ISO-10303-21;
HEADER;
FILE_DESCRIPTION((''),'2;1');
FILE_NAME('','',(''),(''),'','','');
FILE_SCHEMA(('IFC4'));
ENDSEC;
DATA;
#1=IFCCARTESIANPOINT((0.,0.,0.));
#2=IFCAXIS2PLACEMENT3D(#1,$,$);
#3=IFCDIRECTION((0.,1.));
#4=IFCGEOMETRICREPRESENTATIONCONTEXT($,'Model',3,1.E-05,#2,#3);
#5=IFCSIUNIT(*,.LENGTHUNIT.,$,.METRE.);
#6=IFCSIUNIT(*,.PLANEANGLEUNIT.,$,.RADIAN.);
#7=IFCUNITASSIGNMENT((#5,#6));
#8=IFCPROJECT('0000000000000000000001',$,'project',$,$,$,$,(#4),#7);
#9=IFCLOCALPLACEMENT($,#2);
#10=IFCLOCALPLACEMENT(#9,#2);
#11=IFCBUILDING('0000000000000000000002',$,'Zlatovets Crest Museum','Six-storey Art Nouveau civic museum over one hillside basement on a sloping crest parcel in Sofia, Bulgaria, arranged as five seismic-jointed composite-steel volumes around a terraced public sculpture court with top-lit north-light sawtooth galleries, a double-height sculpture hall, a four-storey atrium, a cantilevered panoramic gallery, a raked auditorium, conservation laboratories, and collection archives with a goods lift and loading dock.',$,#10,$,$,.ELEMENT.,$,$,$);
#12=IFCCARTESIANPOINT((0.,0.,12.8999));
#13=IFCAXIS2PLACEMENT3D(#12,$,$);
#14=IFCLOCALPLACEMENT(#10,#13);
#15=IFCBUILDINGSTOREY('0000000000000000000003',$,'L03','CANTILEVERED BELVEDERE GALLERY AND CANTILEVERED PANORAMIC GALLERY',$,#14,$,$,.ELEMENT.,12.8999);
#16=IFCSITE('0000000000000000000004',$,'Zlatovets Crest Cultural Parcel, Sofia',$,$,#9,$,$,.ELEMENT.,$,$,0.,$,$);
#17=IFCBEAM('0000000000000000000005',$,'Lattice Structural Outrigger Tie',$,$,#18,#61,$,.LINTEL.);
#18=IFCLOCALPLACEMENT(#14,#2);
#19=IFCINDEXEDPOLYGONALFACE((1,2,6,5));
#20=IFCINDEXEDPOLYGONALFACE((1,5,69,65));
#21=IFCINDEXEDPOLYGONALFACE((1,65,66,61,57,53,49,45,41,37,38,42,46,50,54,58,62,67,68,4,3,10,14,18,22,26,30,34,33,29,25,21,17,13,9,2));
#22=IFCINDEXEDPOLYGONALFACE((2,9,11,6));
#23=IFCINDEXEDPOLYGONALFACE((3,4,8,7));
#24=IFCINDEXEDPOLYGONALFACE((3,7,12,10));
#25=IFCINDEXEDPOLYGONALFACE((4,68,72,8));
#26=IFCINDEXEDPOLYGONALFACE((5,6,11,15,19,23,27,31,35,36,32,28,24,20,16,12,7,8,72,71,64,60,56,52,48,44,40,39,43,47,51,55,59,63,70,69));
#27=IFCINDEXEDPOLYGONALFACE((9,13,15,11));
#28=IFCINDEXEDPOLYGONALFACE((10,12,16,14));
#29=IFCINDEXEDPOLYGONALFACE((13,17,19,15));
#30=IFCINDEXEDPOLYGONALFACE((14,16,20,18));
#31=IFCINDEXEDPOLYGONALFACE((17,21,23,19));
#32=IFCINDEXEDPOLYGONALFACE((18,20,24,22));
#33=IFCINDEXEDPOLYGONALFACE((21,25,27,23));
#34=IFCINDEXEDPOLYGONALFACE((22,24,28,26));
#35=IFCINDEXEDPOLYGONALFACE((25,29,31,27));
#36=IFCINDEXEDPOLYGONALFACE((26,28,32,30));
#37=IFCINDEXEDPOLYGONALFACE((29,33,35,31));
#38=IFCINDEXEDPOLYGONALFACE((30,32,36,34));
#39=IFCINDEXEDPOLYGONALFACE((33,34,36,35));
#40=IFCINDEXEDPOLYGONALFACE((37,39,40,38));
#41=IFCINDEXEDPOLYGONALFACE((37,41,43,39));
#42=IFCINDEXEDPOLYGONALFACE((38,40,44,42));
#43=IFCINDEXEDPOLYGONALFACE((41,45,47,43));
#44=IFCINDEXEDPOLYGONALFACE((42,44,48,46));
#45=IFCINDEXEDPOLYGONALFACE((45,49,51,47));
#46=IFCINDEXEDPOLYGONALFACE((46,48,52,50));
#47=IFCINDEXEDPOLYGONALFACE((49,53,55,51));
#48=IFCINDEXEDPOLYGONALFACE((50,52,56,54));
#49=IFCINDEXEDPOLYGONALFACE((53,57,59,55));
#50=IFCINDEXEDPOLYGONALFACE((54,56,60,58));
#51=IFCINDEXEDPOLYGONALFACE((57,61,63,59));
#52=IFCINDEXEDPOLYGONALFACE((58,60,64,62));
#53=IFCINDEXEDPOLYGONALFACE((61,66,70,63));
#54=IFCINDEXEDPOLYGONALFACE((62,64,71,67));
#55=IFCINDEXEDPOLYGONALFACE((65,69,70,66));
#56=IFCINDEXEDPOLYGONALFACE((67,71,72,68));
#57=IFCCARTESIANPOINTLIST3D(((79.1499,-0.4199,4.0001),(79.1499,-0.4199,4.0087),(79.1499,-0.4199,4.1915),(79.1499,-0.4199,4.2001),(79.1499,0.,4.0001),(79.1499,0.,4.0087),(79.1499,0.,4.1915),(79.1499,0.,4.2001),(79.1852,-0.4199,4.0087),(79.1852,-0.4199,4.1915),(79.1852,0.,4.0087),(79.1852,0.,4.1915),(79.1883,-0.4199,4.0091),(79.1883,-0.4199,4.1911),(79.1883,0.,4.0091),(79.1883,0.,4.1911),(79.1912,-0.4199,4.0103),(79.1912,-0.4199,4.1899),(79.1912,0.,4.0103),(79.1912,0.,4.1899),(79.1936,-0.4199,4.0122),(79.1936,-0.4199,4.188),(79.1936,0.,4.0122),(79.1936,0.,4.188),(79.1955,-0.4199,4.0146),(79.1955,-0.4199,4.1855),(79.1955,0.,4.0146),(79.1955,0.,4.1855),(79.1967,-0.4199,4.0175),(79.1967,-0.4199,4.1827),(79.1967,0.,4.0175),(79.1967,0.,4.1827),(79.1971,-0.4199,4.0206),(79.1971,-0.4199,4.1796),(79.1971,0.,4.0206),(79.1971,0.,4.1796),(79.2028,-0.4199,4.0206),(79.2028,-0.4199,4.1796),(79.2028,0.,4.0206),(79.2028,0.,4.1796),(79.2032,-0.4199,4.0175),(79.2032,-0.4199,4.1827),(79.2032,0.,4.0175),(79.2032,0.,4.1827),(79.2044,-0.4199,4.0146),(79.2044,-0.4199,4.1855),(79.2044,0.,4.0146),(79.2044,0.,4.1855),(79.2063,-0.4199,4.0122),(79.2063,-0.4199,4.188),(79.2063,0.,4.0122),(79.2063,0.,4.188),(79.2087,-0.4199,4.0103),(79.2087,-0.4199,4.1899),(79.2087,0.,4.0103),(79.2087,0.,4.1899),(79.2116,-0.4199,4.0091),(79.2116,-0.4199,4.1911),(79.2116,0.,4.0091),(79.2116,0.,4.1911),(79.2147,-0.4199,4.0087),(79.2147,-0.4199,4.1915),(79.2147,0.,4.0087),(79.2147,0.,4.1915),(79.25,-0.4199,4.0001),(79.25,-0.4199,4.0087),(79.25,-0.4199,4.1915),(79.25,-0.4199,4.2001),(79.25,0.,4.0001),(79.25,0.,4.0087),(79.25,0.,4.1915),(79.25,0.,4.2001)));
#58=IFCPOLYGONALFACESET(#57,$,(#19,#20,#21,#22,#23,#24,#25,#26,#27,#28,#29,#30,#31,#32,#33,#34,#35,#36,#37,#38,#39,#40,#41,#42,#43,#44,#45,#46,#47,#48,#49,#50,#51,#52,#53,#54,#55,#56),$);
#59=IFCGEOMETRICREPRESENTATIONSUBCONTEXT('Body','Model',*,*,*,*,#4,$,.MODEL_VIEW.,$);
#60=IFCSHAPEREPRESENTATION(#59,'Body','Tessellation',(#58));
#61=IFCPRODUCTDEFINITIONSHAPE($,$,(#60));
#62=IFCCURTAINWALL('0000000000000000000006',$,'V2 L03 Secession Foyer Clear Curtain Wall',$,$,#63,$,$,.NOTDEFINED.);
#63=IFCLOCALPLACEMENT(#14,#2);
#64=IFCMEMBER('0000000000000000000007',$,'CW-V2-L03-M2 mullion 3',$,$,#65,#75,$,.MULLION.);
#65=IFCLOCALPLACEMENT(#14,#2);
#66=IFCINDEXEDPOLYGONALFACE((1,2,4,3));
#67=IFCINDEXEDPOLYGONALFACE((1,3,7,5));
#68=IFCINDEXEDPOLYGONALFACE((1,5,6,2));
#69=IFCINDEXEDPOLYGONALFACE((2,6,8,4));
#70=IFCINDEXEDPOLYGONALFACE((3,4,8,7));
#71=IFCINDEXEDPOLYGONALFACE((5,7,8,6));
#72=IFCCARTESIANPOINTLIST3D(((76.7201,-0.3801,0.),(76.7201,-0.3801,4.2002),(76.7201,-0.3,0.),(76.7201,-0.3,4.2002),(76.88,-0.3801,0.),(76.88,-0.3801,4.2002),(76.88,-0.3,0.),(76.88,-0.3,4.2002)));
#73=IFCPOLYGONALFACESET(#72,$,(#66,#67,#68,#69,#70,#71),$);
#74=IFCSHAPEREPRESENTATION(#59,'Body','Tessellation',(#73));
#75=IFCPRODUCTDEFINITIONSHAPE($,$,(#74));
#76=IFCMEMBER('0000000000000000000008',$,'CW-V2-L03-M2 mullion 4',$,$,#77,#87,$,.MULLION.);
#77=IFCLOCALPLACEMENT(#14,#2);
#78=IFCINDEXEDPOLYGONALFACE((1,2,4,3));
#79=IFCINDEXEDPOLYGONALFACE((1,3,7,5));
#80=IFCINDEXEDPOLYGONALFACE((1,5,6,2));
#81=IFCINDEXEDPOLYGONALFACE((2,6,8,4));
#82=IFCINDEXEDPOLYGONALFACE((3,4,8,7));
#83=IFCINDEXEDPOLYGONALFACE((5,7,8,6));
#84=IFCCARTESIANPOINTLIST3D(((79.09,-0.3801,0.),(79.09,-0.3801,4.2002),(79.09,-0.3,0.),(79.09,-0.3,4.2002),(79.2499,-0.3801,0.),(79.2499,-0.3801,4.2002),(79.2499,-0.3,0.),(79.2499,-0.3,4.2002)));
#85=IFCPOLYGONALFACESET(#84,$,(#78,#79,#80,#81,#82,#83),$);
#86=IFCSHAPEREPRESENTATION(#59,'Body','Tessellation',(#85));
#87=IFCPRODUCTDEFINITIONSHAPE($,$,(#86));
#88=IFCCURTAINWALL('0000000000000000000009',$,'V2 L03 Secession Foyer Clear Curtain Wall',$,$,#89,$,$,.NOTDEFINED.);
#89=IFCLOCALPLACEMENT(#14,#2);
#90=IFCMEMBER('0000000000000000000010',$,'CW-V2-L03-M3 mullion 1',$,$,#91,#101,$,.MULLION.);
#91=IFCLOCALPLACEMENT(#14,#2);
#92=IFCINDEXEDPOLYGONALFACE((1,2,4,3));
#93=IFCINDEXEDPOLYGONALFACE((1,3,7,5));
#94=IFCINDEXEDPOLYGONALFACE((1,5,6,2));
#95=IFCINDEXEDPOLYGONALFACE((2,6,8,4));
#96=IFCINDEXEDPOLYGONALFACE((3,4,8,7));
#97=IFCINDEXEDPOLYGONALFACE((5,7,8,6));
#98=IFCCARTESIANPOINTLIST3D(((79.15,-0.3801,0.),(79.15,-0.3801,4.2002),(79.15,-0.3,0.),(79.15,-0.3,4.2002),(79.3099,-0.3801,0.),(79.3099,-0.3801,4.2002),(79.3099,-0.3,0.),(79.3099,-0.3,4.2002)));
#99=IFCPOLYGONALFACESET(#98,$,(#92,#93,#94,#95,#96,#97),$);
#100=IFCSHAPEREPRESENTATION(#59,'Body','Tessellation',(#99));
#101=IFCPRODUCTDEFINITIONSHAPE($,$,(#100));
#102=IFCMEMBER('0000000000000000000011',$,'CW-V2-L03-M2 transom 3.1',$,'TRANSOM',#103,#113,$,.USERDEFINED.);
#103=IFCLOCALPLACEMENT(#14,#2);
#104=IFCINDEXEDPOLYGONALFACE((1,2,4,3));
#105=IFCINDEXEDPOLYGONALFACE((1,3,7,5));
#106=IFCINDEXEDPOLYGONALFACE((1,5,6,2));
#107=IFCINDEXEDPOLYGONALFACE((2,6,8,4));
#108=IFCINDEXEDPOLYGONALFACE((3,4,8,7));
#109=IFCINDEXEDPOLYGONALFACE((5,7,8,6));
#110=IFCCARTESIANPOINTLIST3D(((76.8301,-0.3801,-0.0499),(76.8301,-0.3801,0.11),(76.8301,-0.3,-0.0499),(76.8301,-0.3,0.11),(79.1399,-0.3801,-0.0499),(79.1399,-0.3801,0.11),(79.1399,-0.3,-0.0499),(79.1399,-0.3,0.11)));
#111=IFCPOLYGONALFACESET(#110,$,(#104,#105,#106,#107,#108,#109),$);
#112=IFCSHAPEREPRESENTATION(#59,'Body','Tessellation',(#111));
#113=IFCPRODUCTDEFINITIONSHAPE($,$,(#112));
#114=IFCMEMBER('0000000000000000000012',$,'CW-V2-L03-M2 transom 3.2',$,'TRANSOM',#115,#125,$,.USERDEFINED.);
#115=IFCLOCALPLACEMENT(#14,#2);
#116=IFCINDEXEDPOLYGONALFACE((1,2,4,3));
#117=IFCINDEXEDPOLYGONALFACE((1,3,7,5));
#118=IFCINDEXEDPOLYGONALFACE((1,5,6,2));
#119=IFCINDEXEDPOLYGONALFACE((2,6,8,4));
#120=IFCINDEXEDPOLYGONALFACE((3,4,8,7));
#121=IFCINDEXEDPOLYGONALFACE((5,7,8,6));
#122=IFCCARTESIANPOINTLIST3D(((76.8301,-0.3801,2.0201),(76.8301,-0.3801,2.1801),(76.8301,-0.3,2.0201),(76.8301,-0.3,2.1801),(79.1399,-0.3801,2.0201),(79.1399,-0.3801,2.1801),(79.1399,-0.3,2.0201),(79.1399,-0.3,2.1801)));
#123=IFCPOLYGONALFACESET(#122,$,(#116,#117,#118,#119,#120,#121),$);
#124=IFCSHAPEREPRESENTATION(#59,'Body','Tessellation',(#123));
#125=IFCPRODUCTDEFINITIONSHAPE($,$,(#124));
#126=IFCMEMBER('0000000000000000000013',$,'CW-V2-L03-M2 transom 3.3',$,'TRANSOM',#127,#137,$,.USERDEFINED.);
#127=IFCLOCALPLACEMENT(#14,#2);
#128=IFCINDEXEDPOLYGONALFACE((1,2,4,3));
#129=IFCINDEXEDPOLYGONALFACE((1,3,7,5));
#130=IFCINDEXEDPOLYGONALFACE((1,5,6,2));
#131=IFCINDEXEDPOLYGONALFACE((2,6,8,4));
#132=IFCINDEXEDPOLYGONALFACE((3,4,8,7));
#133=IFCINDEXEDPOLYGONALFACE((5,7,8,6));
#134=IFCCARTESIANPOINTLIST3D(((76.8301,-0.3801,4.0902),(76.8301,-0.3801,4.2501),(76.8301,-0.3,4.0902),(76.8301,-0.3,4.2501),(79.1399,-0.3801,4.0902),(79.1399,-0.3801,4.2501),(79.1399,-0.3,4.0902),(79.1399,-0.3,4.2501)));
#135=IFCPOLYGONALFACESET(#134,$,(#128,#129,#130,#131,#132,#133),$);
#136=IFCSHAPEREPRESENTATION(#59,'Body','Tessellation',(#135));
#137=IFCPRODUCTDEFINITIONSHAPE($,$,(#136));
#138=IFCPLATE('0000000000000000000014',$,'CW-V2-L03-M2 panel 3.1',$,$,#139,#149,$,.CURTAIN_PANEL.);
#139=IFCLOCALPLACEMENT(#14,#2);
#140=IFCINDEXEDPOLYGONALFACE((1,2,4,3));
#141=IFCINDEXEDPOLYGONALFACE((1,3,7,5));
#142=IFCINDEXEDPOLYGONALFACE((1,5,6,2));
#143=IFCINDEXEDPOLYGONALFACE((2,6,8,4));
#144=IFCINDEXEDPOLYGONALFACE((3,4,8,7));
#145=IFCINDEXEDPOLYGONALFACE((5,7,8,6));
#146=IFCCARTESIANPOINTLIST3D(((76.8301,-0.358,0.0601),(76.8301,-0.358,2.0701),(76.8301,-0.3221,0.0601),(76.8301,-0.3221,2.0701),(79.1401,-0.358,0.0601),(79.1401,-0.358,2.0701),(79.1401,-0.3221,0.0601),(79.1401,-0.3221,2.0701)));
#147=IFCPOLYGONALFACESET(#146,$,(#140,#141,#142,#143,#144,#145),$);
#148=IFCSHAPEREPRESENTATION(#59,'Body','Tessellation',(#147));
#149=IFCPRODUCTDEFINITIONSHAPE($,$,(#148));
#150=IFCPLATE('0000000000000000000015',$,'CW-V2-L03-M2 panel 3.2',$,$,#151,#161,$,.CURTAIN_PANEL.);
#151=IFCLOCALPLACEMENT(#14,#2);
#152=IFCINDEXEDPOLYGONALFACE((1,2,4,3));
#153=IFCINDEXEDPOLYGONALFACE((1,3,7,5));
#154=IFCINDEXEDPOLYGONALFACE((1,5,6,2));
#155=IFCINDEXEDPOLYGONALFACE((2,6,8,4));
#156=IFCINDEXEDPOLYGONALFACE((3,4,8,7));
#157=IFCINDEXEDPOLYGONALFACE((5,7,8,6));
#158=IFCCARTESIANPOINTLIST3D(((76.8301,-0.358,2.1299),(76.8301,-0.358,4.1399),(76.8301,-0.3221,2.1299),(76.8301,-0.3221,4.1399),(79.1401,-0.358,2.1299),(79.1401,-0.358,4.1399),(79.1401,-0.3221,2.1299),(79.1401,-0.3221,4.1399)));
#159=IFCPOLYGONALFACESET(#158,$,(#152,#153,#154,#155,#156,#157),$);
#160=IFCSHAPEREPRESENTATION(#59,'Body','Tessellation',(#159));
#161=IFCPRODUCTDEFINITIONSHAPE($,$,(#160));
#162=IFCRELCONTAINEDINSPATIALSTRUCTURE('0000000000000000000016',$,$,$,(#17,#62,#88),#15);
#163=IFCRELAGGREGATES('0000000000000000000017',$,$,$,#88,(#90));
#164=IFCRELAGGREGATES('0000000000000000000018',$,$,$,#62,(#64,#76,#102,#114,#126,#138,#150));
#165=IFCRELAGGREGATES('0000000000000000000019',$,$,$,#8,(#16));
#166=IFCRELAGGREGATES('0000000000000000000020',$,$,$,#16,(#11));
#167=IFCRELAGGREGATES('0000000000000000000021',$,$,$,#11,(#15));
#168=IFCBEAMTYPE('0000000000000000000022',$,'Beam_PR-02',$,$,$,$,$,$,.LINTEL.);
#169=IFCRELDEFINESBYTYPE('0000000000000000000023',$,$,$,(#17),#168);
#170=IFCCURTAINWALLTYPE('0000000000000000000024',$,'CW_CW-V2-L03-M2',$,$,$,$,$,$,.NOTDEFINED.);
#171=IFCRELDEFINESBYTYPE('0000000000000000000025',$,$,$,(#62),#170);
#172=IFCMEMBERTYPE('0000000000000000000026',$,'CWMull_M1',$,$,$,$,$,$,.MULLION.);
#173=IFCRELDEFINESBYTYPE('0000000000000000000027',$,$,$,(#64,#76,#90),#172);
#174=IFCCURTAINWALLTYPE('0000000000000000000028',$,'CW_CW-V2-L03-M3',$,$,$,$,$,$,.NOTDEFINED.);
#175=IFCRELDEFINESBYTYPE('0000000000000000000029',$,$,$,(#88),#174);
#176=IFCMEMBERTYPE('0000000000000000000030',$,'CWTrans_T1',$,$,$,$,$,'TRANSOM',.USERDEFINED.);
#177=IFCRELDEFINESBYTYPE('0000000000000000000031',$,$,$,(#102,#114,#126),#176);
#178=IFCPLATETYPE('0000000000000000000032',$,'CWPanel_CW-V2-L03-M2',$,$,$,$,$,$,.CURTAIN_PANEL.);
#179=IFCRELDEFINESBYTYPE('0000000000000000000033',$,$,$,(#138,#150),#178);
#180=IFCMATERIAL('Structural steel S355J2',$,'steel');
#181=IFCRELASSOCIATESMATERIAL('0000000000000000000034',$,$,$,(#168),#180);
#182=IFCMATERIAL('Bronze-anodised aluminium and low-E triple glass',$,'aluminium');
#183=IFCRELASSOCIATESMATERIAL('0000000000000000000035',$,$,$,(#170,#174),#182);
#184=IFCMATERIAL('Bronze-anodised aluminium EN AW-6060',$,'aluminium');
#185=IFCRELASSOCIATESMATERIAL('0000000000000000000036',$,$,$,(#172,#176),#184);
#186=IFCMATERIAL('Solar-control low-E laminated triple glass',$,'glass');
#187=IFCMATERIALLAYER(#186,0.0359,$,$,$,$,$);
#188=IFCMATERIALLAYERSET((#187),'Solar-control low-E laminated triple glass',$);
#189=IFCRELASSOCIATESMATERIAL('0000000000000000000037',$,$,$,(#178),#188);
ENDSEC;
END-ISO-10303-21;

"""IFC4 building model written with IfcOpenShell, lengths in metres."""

from ifc_helpers import new_model, si_unit, direction, frame, origin, origin_2d, place, context, subcontext, project, spatial, rectangle, i_section, extrude, material, layer, layer_set, material_profile, profile_set, type_object, element, aggregate, save


model = new_model("IFC4")

# Units and contexts
model_context = context("Model", 3, precision=1e-05, world=origin(), true_north=direction((0.0, 1.0)))
body_context = subcontext(model_context, "Body", "Model", "MODEL_VIEW")
ifc_project = project(units=[si_unit("LENGTHUNIT", "METRE"), si_unit("PLANEANGLEUNIT", "RADIAN")], contexts=[model_context])

# Site, building, storey
site_placement = place(None, origin())
site = spatial("IfcSite", under=ifc_project, at=site_placement, Name="Zlatovets Crest Cultural Parcel, Sofia", CompositionType="ELEMENT", RefElevation=0.0)
building_placement = place(site_placement, origin())
building = spatial("IfcBuilding", under=site, at=building_placement, Name="Zlatovets Crest Museum", Description="Six-storey Art Nouveau civic museum over one hillside basement on a sloping crest parcel in Sofia, Bulgaria, arranged as five seismic-jointed composite-steel volumes around a terraced public sculpture court with top-lit north-light sawtooth galleries, a double-height sculpture hall, a four-storey atrium, a cantilevered panoramic gallery, a raked auditorium, conservation laboratories, and collection archives with a goods lift and loading dock.", CompositionType="ELEMENT")
storey_placement = place(building_placement, frame((0.0, 0.0, 12.8999)))
storey = spatial("IfcBuildingStorey", under=building, at=storey_placement, Name="L03", Description="CANTILEVERED BELVEDERE GALLERY AND CANTILEVERED PANORAMIC GALLERY", CompositionType="ELEMENT", Elevation=12.8999)

# Shared definitions
ifc_material_1 = material(Name="Structural steel S355J2", Category="steel")

# Beam
ifc_material_profile_1 = material_profile(ifc_material_1, i_section(OverallWidth=0.1001, OverallDepth=0.2, WebThickness=0.0056, FlangeThickness=0.0085, FilletRadius=0.012, at=origin_2d()), Name="IPE 200")
ifc_profile_set_1 = profile_set([ifc_material_profile_1], Name="Structural steel S355J2")
beam_type_1 = type_object("IfcBeamType", Name="Beam_PR-02", PredefinedType="LINTEL", material=ifc_profile_set_1)
for number, where, z_axis, x_axis, name in (
    (1, (79.2, 0.0, 4.1001), (0.0, -1.0, 0.0), (1.0, 0.0, 0.0), "Lattice Structural Outrigger Tie"),
):
    element("IfcBeam", number, at=place(storey_placement, frame(where, z_axis=z_axis, x_axis=x_axis)), inside=storey, type_object=beam_type_1, Name=name, PredefinedType="LINTEL", context=body_context, shape_type="SweptSolid", body=[
        extrude(i_section(OverallWidth=0.1001, OverallDepth=0.2, WebThickness=0.0056, FlangeThickness=0.0085, FilletRadius=0.012, at=origin_2d()), origin(), (0.0, 0.0, 1.0), 0.4199),
    ])

# Curtain wall, members
ifc_material_2 = material(Name="Bronze-anodised aluminium and low-E triple glass", Category="aluminium")
curtain_wall_type_1 = type_object("IfcCurtainWallType", Name="CW_CW-V2-L03-M2", PredefinedType="NOTDEFINED", material=ifc_material_2)
curtain_wall_1_placement = place(storey_placement, origin())
curtain_wall_1 = element("IfcCurtainWall", 2, at=curtain_wall_1_placement, inside=storey, type_object=curtain_wall_type_1, Name="V2 L03 Secession Foyer Clear Curtain Wall", PredefinedType="NOTDEFINED")
ifc_material_3 = material(Name="Bronze-anodised aluminium EN AW-6060", Category="aluminium")
ifc_material_profile_2 = material_profile(ifc_material_3, rectangle(XDim=0.0801, YDim=0.1599, at=origin_2d()), Name="ALU 80x160")
ifc_profile_set_2 = profile_set([ifc_material_profile_2], Name="Bronze-anodised aluminium EN AW-6060")
member_type_1 = type_object("IfcMemberType", Name="CWMull_M1", PredefinedType="MULLION", material=ifc_profile_set_2)
member_1_placement = place(storey_placement, frame((76.8, -0.3401, 0.0), z_axis=(0.0, 0.0, 1.0), x_axis=(0.0, 1.0, 0.0)))
member_1 = element("IfcMember", 3, at=member_1_placement, type_object=member_type_1, Name="CW-V2-L03-M2 mullion 3", PredefinedType="MULLION", context=body_context, shape_type="SweptSolid", body=[
    extrude(rectangle(XDim=0.0801, YDim=0.1599, at=origin_2d()), origin(), (0.0, 0.0, 1.0), 4.2002),
])
member_2_placement = place(storey_placement, frame((79.1699, -0.3401, 0.0), z_axis=(0.0, 0.0, 1.0), x_axis=(0.0, 1.0, 0.0)))
member_2 = element("IfcMember", 4, at=member_2_placement, type_object=member_type_1, Name="CW-V2-L03-M2 mullion 4", PredefinedType="MULLION", context=body_context, shape_type="SweptSolid", body=[
    extrude(rectangle(XDim=0.0801, YDim=0.1599, at=origin_2d()), origin(), (0.0, 0.0, 1.0), 4.2002),
])

# Curtain wall, member
curtain_wall_type_2 = type_object("IfcCurtainWallType", Name="CW_CW-V2-L03-M3", PredefinedType="NOTDEFINED", material=ifc_material_2)
curtain_wall_2_placement = place(storey_placement, origin())
curtain_wall_2 = element("IfcCurtainWall", 5, at=curtain_wall_2_placement, inside=storey, type_object=curtain_wall_type_2, Name="V2 L03 Secession Foyer Clear Curtain Wall", PredefinedType="NOTDEFINED")
member_3_placement = place(storey_placement, frame((79.23, -0.3401, 0.0), z_axis=(0.0, 0.0, 1.0), x_axis=(0.0, 1.0, 0.0)))
member_3 = element("IfcMember", 6, at=member_3_placement, type_object=member_type_1, Name="CW-V2-L03-M3 mullion 1", PredefinedType="MULLION", context=body_context, shape_type="SweptSolid", body=[
    extrude(rectangle(XDim=0.0801, YDim=0.1599, at=origin_2d()), origin(), (0.0, 0.0, 1.0), 4.2002),
])
aggregate(curtain_wall_2, [member_3])

# Members
ifc_material_profile_3 = material_profile(ifc_material_3, rectangle(XDim=0.0801, YDim=0.1599, at=origin_2d()), Name="ALU 80x160")
ifc_profile_set_3 = profile_set([ifc_material_profile_3], Name="Bronze-anodised aluminium EN AW-6060")
member_type_2 = type_object("IfcMemberType", Name="CWTrans_T1", ElementType="TRANSOM", PredefinedType="USERDEFINED", material=ifc_profile_set_3)
member_4_placement = place(storey_placement, frame((76.8301, -0.3401, 0.03), z_axis=(1.0, 0.0, 0.0), x_axis=(0.0, 1.0, 0.0)))
member_4 = element("IfcMember", 7, at=member_4_placement, type_object=member_type_2, Name="CW-V2-L03-M2 transom 3.1", ObjectType="TRANSOM", PredefinedType="USERDEFINED", context=body_context, shape_type="SweptSolid", body=[
    extrude(rectangle(XDim=0.0801, YDim=0.1599, at=origin_2d()), origin(), (0.0, 0.0, 1.0), 2.3098),
])
member_5_placement = place(storey_placement, frame((76.8301, -0.3401, 2.1001), z_axis=(1.0, 0.0, 0.0), x_axis=(0.0, 1.0, 0.0)))
member_5 = element("IfcMember", 8, at=member_5_placement, type_object=member_type_2, Name="CW-V2-L03-M2 transom 3.2", ObjectType="TRANSOM", PredefinedType="USERDEFINED", context=body_context, shape_type="SweptSolid", body=[
    extrude(rectangle(XDim=0.0801, YDim=0.1599, at=origin_2d()), origin(), (0.0, 0.0, 1.0), 2.3098),
])
member_6_placement = place(storey_placement, frame((76.8301, -0.3401, 4.1702), z_axis=(1.0, 0.0, 0.0), x_axis=(0.0, 1.0, 0.0)))
member_6 = element("IfcMember", 9, at=member_6_placement, type_object=member_type_2, Name="CW-V2-L03-M2 transom 3.3", ObjectType="TRANSOM", PredefinedType="USERDEFINED", context=body_context, shape_type="SweptSolid", body=[
    extrude(rectangle(XDim=0.0801, YDim=0.1599, at=origin_2d()), origin(), (0.0, 0.0, 1.0), 2.3098),
])

# Plates
ifc_material_4 = material(Name="Solar-control low-E laminated triple glass", Category="glass")
ifc_layer = layer(ifc_material_4, 0.0359)
ifc_layer_set = layer_set([ifc_layer], Name="Solar-control low-E laminated triple glass")
plate_type = type_object("IfcPlateType", Name="CWPanel_CW-V2-L03-M2", PredefinedType="CURTAIN_PANEL", material=ifc_layer_set)
plate_1_placement = place(storey_placement, frame((77.9851, -0.3401, 0.0601), z_axis=(0.0, 0.0, 1.0), x_axis=(1.0, 0.0, 0.0)))
plate_1 = element("IfcPlate", 10, at=plate_1_placement, type_object=plate_type, Name="CW-V2-L03-M2 panel 3.1", PredefinedType="CURTAIN_PANEL", context=body_context, shape_type="SweptSolid", body=[
    extrude(rectangle(XDim=2.3101, YDim=0.0359, at=origin_2d()), origin(), (0.0, 0.0, 1.0), 2.01),
])
plate_2_placement = place(storey_placement, frame((77.9851, -0.3401, 2.1299), z_axis=(0.0, 0.0, 1.0), x_axis=(1.0, 0.0, 0.0)))
plate_2 = element("IfcPlate", 11, at=plate_2_placement, type_object=plate_type, Name="CW-V2-L03-M2 panel 3.2", PredefinedType="CURTAIN_PANEL", context=body_context, shape_type="SweptSolid", body=[
    extrude(rectangle(XDim=2.3101, YDim=0.0359, at=origin_2d()), origin(), (0.0, 0.0, 1.0), 2.01),
])
aggregate(curtain_wall_1, [member_1, member_2, member_4, member_5, member_6, plate_1, plate_2])

save(model, "model.ifc")
